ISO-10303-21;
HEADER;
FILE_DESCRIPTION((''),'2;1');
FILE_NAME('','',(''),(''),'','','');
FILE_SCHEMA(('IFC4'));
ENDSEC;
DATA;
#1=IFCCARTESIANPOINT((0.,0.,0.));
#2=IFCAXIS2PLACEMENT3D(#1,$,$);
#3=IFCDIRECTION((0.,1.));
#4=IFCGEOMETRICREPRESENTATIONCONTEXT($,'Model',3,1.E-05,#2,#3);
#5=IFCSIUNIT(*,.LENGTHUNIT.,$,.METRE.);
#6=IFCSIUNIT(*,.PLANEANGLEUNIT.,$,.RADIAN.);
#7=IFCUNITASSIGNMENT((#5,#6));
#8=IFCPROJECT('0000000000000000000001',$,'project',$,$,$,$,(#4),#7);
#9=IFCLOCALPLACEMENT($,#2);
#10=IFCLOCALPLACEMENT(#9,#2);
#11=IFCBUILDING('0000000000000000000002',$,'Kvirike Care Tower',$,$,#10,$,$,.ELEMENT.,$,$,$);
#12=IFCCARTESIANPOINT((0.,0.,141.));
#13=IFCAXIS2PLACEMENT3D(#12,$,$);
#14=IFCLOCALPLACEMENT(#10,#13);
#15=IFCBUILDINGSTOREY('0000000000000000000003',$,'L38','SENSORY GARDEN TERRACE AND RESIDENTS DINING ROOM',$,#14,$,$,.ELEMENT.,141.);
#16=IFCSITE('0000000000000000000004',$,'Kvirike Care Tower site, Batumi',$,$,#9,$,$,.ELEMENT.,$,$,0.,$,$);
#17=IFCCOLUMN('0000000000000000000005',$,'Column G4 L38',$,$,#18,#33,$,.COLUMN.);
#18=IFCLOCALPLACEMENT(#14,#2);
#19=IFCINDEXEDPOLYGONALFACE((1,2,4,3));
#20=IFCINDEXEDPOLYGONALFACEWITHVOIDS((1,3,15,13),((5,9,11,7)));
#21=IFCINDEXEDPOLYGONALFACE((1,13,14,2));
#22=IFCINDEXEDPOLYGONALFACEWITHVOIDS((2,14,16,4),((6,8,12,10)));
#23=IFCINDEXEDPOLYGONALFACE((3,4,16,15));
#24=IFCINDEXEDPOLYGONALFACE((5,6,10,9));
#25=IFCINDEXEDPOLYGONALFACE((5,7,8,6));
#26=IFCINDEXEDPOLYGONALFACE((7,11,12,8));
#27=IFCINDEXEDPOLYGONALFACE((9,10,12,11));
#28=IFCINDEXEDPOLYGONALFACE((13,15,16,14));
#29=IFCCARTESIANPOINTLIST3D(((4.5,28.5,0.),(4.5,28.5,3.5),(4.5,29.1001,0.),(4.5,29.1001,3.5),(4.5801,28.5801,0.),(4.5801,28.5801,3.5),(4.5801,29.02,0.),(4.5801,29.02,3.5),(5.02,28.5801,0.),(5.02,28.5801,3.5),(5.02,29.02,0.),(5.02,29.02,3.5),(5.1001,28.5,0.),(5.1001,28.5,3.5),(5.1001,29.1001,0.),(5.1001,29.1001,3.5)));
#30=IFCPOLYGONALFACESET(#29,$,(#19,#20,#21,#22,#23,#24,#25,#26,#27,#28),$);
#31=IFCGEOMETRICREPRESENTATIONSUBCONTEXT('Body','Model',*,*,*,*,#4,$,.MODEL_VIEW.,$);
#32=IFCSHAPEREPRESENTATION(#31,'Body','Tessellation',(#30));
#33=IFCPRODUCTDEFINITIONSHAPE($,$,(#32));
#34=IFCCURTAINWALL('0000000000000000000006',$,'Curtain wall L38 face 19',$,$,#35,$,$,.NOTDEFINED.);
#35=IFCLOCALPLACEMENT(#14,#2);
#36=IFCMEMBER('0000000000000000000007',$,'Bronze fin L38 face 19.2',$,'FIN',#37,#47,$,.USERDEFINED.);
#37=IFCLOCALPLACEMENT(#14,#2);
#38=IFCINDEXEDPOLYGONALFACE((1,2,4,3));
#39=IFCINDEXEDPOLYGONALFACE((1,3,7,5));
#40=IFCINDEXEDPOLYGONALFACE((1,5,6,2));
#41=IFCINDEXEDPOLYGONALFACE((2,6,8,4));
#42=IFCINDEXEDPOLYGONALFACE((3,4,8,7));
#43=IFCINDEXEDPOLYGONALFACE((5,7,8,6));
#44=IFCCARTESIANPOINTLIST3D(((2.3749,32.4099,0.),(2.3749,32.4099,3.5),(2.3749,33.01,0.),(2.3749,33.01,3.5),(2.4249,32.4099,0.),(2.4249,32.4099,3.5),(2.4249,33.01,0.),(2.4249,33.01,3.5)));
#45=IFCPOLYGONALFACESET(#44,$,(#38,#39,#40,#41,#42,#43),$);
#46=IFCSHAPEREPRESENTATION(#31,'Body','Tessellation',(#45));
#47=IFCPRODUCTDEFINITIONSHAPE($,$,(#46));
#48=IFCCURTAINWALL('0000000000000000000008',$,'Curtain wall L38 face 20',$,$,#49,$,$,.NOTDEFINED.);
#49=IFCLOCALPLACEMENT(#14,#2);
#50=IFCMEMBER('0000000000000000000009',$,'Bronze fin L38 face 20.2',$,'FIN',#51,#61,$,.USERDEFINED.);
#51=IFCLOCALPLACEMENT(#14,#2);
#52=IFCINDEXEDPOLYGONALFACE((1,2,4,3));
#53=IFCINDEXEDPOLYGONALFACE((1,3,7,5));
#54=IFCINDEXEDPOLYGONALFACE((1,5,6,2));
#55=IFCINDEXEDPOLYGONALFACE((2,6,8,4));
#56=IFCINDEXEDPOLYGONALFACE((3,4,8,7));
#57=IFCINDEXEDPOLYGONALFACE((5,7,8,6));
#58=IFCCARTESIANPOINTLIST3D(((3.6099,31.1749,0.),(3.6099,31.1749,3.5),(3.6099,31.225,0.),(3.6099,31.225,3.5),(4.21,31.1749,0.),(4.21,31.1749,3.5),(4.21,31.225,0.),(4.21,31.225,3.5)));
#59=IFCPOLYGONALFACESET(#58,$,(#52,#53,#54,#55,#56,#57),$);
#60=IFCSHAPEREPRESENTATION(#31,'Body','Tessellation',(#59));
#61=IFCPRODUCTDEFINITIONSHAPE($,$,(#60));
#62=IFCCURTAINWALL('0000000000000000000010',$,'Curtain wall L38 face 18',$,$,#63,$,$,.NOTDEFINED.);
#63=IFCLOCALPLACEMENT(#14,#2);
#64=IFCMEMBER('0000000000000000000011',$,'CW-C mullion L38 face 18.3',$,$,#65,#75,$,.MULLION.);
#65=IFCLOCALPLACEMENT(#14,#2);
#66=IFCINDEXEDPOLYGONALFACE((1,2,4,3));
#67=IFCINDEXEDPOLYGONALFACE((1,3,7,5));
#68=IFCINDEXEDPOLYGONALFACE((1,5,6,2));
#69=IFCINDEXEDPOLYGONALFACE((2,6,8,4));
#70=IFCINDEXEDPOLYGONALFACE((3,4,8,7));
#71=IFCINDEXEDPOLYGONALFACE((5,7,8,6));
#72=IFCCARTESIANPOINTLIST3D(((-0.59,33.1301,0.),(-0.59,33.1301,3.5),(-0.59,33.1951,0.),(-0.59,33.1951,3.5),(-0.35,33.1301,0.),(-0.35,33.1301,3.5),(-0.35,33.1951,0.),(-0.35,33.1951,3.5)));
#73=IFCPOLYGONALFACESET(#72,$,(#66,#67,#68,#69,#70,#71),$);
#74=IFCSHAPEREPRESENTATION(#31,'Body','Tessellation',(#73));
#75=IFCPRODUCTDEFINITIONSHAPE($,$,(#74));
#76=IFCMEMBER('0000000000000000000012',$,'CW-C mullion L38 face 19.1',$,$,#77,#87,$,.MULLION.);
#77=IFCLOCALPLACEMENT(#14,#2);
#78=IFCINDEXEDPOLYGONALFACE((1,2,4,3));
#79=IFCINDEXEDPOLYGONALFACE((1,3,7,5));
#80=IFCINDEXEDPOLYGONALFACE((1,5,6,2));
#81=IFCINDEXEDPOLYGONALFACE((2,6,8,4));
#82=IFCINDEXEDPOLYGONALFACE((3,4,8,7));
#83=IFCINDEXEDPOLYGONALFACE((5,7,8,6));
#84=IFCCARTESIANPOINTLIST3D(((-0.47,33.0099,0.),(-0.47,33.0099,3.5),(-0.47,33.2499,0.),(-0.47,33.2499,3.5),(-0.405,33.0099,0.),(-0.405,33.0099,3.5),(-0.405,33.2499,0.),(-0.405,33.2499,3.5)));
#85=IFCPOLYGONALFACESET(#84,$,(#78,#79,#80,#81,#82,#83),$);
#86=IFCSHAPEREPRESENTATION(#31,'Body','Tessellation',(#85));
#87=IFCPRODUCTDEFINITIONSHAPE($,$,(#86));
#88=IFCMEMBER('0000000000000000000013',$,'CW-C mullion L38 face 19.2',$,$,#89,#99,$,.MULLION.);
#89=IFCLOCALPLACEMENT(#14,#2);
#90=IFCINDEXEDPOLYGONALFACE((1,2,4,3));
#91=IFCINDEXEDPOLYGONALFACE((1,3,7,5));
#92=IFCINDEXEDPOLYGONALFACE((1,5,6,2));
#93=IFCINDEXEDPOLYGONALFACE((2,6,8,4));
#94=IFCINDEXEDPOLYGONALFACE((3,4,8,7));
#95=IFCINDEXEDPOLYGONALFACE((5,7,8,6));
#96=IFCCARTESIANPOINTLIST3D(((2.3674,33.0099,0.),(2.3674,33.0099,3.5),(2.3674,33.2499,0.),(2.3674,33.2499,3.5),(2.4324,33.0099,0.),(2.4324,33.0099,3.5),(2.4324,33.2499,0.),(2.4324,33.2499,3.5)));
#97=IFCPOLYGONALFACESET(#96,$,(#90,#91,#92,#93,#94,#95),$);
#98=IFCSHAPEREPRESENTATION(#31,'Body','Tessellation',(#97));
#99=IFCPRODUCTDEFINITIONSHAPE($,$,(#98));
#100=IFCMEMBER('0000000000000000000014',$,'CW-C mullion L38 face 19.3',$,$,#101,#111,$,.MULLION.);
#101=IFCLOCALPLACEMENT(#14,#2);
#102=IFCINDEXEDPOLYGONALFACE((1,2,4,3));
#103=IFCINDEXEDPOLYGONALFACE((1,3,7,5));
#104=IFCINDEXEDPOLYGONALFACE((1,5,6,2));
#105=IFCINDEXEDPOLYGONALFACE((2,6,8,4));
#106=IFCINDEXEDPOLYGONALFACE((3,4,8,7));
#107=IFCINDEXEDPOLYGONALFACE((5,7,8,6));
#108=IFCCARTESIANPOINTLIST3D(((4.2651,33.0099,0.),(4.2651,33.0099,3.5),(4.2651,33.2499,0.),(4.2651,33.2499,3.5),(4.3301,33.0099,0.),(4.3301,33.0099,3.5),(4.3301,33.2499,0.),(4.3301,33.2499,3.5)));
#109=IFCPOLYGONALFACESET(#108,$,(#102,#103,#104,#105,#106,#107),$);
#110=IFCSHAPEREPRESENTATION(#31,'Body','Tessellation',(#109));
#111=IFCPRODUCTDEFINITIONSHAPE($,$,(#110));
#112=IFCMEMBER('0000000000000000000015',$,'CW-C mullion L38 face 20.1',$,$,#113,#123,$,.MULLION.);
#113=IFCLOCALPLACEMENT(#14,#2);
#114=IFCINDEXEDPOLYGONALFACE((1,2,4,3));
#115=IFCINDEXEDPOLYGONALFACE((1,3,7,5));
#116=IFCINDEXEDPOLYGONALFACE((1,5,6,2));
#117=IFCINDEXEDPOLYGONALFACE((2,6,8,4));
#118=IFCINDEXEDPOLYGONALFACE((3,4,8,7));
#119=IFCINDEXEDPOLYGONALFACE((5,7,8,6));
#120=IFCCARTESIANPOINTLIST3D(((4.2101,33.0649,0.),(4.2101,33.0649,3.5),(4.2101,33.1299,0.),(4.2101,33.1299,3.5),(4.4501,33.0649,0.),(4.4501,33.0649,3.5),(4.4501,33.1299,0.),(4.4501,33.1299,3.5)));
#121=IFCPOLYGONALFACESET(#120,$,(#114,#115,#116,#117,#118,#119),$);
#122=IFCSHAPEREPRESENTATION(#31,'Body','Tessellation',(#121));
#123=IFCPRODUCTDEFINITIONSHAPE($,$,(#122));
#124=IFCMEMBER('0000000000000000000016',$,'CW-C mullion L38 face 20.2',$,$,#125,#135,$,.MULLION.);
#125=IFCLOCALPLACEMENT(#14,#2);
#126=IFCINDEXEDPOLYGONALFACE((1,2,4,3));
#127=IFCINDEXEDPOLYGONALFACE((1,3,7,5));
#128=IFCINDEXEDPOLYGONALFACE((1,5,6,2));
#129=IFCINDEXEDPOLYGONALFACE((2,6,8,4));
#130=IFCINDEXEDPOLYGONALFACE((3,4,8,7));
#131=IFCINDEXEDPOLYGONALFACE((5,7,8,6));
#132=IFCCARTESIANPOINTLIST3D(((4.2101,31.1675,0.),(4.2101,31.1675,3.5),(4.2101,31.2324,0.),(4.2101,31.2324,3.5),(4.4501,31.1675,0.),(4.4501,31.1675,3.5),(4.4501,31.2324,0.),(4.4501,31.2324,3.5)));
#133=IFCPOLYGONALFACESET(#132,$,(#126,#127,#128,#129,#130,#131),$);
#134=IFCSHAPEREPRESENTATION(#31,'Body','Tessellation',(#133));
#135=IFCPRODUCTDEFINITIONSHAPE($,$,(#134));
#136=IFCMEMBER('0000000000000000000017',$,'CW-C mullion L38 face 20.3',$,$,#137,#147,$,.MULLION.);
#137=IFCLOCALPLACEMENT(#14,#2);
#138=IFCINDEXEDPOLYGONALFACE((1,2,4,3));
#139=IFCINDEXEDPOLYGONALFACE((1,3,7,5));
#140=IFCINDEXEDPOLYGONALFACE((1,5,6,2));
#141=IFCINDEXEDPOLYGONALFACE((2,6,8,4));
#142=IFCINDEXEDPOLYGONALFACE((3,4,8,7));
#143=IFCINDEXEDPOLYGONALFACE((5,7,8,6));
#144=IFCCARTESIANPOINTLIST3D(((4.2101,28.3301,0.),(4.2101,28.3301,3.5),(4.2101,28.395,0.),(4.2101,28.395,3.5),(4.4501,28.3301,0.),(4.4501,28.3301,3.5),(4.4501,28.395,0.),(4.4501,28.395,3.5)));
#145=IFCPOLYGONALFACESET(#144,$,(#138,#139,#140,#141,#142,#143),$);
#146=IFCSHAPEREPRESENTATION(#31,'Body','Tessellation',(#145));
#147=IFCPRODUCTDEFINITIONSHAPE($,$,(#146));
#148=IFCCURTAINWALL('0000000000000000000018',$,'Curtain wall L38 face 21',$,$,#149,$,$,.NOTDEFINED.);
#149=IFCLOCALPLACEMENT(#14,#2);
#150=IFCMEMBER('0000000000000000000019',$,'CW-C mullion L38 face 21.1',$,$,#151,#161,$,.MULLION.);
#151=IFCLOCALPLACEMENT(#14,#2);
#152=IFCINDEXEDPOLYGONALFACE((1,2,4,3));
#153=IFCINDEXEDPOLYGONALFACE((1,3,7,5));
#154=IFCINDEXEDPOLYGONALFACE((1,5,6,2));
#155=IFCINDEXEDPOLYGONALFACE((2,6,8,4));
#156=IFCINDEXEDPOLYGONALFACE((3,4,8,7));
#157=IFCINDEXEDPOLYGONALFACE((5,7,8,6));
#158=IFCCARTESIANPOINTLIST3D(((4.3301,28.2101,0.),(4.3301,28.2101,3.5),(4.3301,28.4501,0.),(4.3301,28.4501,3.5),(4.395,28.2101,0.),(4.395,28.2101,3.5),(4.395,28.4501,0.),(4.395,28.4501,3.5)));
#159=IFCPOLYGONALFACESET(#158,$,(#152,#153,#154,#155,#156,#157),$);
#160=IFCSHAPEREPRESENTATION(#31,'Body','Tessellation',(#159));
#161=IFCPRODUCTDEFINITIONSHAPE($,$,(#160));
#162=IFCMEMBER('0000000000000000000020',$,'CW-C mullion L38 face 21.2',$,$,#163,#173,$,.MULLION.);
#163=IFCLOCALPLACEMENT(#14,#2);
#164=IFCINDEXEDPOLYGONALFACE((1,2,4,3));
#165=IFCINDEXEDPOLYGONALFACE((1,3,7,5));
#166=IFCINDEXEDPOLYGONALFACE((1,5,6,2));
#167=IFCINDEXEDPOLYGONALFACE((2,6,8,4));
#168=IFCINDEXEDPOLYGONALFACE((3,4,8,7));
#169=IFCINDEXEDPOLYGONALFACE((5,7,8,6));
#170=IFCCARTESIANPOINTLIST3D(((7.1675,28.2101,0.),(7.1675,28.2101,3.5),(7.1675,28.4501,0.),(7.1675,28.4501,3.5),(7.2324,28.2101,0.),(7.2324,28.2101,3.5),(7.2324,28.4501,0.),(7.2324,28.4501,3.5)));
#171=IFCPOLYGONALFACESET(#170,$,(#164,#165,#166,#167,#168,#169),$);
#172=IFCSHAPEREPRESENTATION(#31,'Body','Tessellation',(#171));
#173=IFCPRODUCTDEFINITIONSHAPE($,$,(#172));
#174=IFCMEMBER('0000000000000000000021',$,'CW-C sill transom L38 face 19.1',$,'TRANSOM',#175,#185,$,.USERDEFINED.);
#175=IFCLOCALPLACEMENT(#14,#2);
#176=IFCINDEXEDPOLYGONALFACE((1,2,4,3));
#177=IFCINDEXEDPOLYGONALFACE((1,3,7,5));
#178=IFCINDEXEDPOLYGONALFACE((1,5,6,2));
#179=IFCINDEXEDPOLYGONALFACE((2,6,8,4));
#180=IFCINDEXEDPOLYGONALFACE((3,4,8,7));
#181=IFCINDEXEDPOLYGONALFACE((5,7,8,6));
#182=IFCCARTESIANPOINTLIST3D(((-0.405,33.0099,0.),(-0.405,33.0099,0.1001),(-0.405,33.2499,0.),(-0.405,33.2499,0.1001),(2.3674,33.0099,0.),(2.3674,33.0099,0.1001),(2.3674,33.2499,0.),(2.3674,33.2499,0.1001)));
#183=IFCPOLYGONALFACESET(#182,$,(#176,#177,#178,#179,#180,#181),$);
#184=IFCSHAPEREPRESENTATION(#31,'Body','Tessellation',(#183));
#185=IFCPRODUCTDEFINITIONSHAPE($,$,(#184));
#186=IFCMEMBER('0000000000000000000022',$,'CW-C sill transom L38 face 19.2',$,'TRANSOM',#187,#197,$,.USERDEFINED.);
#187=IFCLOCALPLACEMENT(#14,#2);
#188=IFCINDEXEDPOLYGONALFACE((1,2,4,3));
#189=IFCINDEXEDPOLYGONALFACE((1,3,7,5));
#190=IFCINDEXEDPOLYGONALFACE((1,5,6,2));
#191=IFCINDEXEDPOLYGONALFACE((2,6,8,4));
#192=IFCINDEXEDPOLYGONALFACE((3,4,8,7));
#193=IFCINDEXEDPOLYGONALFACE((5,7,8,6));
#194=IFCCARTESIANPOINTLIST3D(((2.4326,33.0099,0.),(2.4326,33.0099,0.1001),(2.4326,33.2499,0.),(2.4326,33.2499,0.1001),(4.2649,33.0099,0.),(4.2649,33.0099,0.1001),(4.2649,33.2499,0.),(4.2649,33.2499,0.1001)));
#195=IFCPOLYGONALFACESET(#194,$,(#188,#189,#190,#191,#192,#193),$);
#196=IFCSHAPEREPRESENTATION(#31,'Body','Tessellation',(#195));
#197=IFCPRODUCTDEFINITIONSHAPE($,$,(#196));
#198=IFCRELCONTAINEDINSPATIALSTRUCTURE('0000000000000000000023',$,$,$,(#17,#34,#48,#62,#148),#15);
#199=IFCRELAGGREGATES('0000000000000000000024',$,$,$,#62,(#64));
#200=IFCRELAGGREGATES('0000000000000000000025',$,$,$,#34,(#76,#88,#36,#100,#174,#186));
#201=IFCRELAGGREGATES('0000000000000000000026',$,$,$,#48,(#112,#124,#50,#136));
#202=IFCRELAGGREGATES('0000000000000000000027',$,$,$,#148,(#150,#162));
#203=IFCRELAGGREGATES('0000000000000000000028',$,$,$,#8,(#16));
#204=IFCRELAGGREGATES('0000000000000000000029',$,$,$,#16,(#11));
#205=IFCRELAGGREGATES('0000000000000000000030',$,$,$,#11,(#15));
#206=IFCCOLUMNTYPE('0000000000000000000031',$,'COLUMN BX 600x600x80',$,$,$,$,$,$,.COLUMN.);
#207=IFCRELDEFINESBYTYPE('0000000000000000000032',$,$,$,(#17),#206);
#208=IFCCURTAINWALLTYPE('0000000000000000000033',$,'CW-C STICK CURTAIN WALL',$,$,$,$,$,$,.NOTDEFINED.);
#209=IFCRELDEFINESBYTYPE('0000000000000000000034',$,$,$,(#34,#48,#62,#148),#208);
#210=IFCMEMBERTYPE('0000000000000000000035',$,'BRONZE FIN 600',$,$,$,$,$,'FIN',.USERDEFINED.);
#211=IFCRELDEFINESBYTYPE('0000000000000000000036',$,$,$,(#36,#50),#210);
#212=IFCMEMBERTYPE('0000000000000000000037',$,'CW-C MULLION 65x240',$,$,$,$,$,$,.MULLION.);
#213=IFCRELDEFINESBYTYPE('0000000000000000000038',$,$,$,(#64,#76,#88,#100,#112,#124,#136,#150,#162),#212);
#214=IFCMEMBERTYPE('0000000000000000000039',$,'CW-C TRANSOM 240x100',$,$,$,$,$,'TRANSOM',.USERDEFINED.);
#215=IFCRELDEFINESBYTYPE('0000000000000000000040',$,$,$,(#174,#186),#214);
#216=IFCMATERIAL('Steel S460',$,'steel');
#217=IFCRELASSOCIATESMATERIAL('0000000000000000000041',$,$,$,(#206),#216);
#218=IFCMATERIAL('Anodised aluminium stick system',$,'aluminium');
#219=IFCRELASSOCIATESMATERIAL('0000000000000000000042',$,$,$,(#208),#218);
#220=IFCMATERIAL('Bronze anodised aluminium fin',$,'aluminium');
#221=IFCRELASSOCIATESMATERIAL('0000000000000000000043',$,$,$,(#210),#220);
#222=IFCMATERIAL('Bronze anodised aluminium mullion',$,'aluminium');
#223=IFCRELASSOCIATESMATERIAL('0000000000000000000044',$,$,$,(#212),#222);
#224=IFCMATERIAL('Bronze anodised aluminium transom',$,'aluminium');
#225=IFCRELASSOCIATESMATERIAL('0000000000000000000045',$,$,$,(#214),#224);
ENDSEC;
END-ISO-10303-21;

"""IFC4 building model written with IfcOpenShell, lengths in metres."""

from ifc_helpers import new_model, si_unit, direction, frame, origin, origin_2d, place, context, subcontext, project, spatial, rectangle, hollow_rectangle, extrude, material, material_profile, profile_set, type_object, element, aggregate, save


model = new_model("IFC4")

# Units and contexts
model_context = context("Model", 3, precision=1e-05, world=origin(), true_north=direction((0.0, 1.0)))
body_context = subcontext(model_context, "Body", "Model", "MODEL_VIEW")
ifc_project = project(units=[si_unit("LENGTHUNIT", "METRE"), si_unit("PLANEANGLEUNIT", "RADIAN")], contexts=[model_context])

# Site, building, storey
site_placement = place(None, origin())
site = spatial("IfcSite", under=ifc_project, at=site_placement, Name="Kvirike Care Tower site, Batumi", CompositionType="ELEMENT", RefElevation=0.0)
building_placement = place(site_placement, origin())
building = spatial("IfcBuilding", under=site, at=building_placement, Name="Kvirike Care Tower", CompositionType="ELEMENT")
storey_placement = place(building_placement, frame((0.0, 0.0, 141.0)))
storey = spatial("IfcBuildingStorey", under=building, at=storey_placement, Name="L38", Description="SENSORY GARDEN TERRACE AND RESIDENTS DINING ROOM", CompositionType="ELEMENT", Elevation=141.0)

# Column
ifc_material_1 = material(Name="Steel S460", Category="steel")
ifc_material_profile_1 = material_profile(ifc_material_1, hollow_rectangle(XDim=0.6001, YDim=0.6001, WallThickness=0.0801, at=origin_2d()), Name="BX 600x600x80")
ifc_profile_set_1 = profile_set([ifc_material_profile_1], Name="Steel S460")
column_type = type_object("IfcColumnType", Name="COLUMN BX 600x600x80", PredefinedType="COLUMN", material=ifc_profile_set_1)
column_placement = place(storey_placement, frame((4.8, 28.8, 0.0), z_axis=(0.0, 0.0, 1.0), x_axis=(0.0, 1.0, 0.0)))
element("IfcColumn", 1, at=column_placement, inside=storey, type_object=column_type, Name="Column G4 L38", PredefinedType="COLUMN", context=body_context, shape_type="SweptSolid", body=[
    extrude(hollow_rectangle(XDim=0.6001, YDim=0.6001, WallThickness=0.0801, at=origin_2d()), origin(), (0.0, 0.0, 1.0), 3.5),
])

# Curtain walls, members
ifc_material_2 = material(Name="Anodised aluminium stick system", Category="aluminium")
curtain_wall_type = type_object("IfcCurtainWallType", Name="CW-C STICK CURTAIN WALL", PredefinedType="NOTDEFINED", material=ifc_material_2)
curtain_wall_1_placement = place(storey_placement, origin())
curtain_wall_1 = element("IfcCurtainWall", 2, at=curtain_wall_1_placement, inside=storey, type_object=curtain_wall_type, Name="Curtain wall L38 face 19", PredefinedType="NOTDEFINED")
ifc_material_3 = material(Name="Bronze anodised aluminium fin", Category="aluminium")
ifc_material_profile_2 = material_profile(ifc_material_3, rectangle(XDim=0.05, YDim=0.6001, at=origin_2d()), Name="BRONZE FIN 600")
ifc_profile_set_2 = profile_set([ifc_material_profile_2], Name="Bronze anodised aluminium fin")
member_type_1 = type_object("IfcMemberType", Name="BRONZE FIN 600", ElementType="FIN", PredefinedType="USERDEFINED", material=ifc_profile_set_2)
member_1_placement = place(storey_placement, frame((2.3999, 32.71, 0.0), z_axis=(0.0, 0.0, 1.0), x_axis=(1.0, 0.0, 0.0)))
member_1 = element("IfcMember", 3, at=member_1_placement, type_object=member_type_1, Name="Bronze fin L38 face 19.2", ObjectType="FIN", PredefinedType="USERDEFINED", context=body_context, shape_type="SweptSolid", body=[
    extrude(rectangle(XDim=0.05, YDim=0.6001, at=origin_2d()), origin(), (0.0, 0.0, 1.0), 3.5),
])
curtain_wall_2_placement = place(storey_placement, origin())
curtain_wall_2 = element("IfcCurtainWall", 4, at=curtain_wall_2_placement, inside=storey, type_object=curtain_wall_type, Name="Curtain wall L38 face 20", PredefinedType="NOTDEFINED")
member_2_placement = place(storey_placement, frame((3.9099, 31.2, 0.0), z_axis=(0.0, 0.0, 1.0), x_axis=(0.0, -1.0, 0.0)))
member_2 = element("IfcMember", 5, at=member_2_placement, type_object=member_type_1, Name="Bronze fin L38 face 20.2", ObjectType="FIN", PredefinedType="USERDEFINED", context=body_context, shape_type="SweptSolid", body=[
    extrude(rectangle(XDim=0.05, YDim=0.6001, at=origin_2d()), origin(), (0.0, 0.0, 1.0), 3.5),
])
curtain_wall_3_placement = place(storey_placement, origin())
curtain_wall_3 = element("IfcCurtainWall", 6, at=curtain_wall_3_placement, inside=storey, type_object=curtain_wall_type, Name="Curtain wall L38 face 18", PredefinedType="NOTDEFINED")
ifc_material_4 = material(Name="Bronze anodised aluminium mullion", Category="aluminium")
ifc_material_profile_3 = material_profile(ifc_material_4, rectangle(XDim=0.0649, YDim=0.24, at=origin_2d()), Name="CW-C MULLION 65x240")
ifc_profile_set_3 = profile_set([ifc_material_profile_3], Name="Bronze anodised aluminium mullion")
member_type_2 = type_object("IfcMemberType", Name="CW-C MULLION 65x240", PredefinedType="MULLION", material=ifc_profile_set_3)
member_3_placement = place(storey_placement, frame((-0.47, 33.1626, 0.0), z_axis=(0.0, 0.0, 1.0), x_axis=(0.0, -1.0, 0.0)))
member_3 = element("IfcMember", 7, at=member_3_placement, type_object=member_type_2, Name="CW-C mullion L38 face 18.3", PredefinedType="MULLION", context=body_context, shape_type="SweptSolid", body=[
    extrude(rectangle(XDim=0.0649, YDim=0.24, at=origin_2d()), origin(), (0.0, 0.0, 1.0), 3.5),
])
aggregate(curtain_wall_3, [member_3])

# Members
member_4_placement = place(storey_placement, frame((-0.4375, 33.1299, 0.0), z_axis=(0.0, 0.0, 1.0), x_axis=(1.0, 0.0, 0.0)))
member_4 = element("IfcMember", 8, at=member_4_placement, type_object=member_type_2, Name="CW-C mullion L38 face 19.1", PredefinedType="MULLION", context=body_context, shape_type="SweptSolid", body=[
    extrude(rectangle(XDim=0.0649, YDim=0.24, at=origin_2d()), origin(), (0.0, 0.0, 1.0), 3.5),
])
member_5_placement = place(storey_placement, frame((2.3999, 33.1299, 0.0), z_axis=(0.0, 0.0, 1.0), x_axis=(1.0, 0.0, 0.0)))
member_5 = element("IfcMember", 9, at=member_5_placement, type_object=member_type_2, Name="CW-C mullion L38 face 19.2", PredefinedType="MULLION", context=body_context, shape_type="SweptSolid", body=[
    extrude(rectangle(XDim=0.0649, YDim=0.24, at=origin_2d()), origin(), (0.0, 0.0, 1.0), 3.5),
])
member_6_placement = place(storey_placement, frame((4.2976, 33.1299, 0.0), z_axis=(0.0, 0.0, 1.0), x_axis=(1.0, 0.0, 0.0)))
member_6 = element("IfcMember", 10, at=member_6_placement, type_object=member_type_2, Name="CW-C mullion L38 face 19.3", PredefinedType="MULLION", context=body_context, shape_type="SweptSolid", body=[
    extrude(rectangle(XDim=0.0649, YDim=0.24, at=origin_2d()), origin(), (0.0, 0.0, 1.0), 3.5),
])
member_7_placement = place(storey_placement, frame((4.3301, 33.0974, 0.0), z_axis=(0.0, 0.0, 1.0), x_axis=(0.0, -1.0, 0.0)))
member_7 = element("IfcMember", 11, at=member_7_placement, type_object=member_type_2, Name="CW-C mullion L38 face 20.1", PredefinedType="MULLION", context=body_context, shape_type="SweptSolid", body=[
    extrude(rectangle(XDim=0.0649, YDim=0.24, at=origin_2d()), origin(), (0.0, 0.0, 1.0), 3.5),
])
member_8_placement = place(storey_placement, frame((4.3301, 31.2, 0.0), z_axis=(0.0, 0.0, 1.0), x_axis=(0.0, -1.0, 0.0)))
member_8 = element("IfcMember", 12, at=member_8_placement, type_object=member_type_2, Name="CW-C mullion L38 face 20.2", PredefinedType="MULLION", context=body_context, shape_type="SweptSolid", body=[
    extrude(rectangle(XDim=0.0649, YDim=0.24, at=origin_2d()), origin(), (0.0, 0.0, 1.0), 3.5),
])
member_9_placement = place(storey_placement, frame((4.3301, 28.3625, 0.0), z_axis=(0.0, 0.0, 1.0), x_axis=(0.0, -1.0, 0.0)))
member_9 = element("IfcMember", 13, at=member_9_placement, type_object=member_type_2, Name="CW-C mullion L38 face 20.3", PredefinedType="MULLION", context=body_context, shape_type="SweptSolid", body=[
    extrude(rectangle(XDim=0.0649, YDim=0.24, at=origin_2d()), origin(), (0.0, 0.0, 1.0), 3.5),
])

# Curtain wall, members
curtain_wall_4_placement = place(storey_placement, origin())
curtain_wall_4 = element("IfcCurtainWall", 14, at=curtain_wall_4_placement, inside=storey, type_object=curtain_wall_type, Name="Curtain wall L38 face 21", PredefinedType="NOTDEFINED")
member_10_placement = place(storey_placement, frame((4.3625, 28.3301, 0.0), z_axis=(0.0, 0.0, 1.0), x_axis=(1.0, 0.0, 0.0)))
member_10 = element("IfcMember", 15, at=member_10_placement, type_object=member_type_2, Name="CW-C mullion L38 face 21.1", PredefinedType="MULLION", context=body_context, shape_type="SweptSolid", body=[
    extrude(rectangle(XDim=0.0649, YDim=0.24, at=origin_2d()), origin(), (0.0, 0.0, 1.0), 3.5),
])
member_11_placement = place(storey_placement, frame((7.2, 28.3301, 0.0), z_axis=(0.0, 0.0, 1.0), x_axis=(1.0, 0.0, 0.0)))
member_11 = element("IfcMember", 16, at=member_11_placement, type_object=member_type_2, Name="CW-C mullion L38 face 21.2", PredefinedType="MULLION", context=body_context, shape_type="SweptSolid", body=[
    extrude(rectangle(XDim=0.0649, YDim=0.24, at=origin_2d()), origin(), (0.0, 0.0, 1.0), 3.5),
])

# Members
ifc_material_5 = material(Name="Bronze anodised aluminium transom", Category="aluminium")
ifc_material_profile_4 = material_profile(ifc_material_5, rectangle(XDim=0.24, YDim=0.1001, at=origin_2d()), Name="CW-C TRANSOM 240x100")
ifc_profile_set_4 = profile_set([ifc_material_profile_4], Name="Bronze anodised aluminium transom")
member_type_3 = type_object("IfcMemberType", Name="CW-C TRANSOM 240x100", ElementType="TRANSOM", PredefinedType="USERDEFINED", material=ifc_profile_set_4)
member_12_placement = place(storey_placement, frame((-0.405, 33.1299, 0.05), z_axis=(1.0, 0.0, 0.0), x_axis=(0.0, 1.0, 0.0)))
member_12 = element("IfcMember", 17, at=member_12_placement, type_object=member_type_3, Name="CW-C sill transom L38 face 19.1", ObjectType="TRANSOM", PredefinedType="USERDEFINED", context=body_context, shape_type="SweptSolid", body=[
    extrude(rectangle(XDim=0.24, YDim=0.1001, at=origin_2d()), origin(), (0.0, 0.0, 1.0), 2.7725),
])
member_13_placement = place(storey_placement, frame((2.4326, 33.1299, 0.05), z_axis=(1.0, 0.0, 0.0), x_axis=(0.0, 1.0, 0.0)))
member_13 = element("IfcMember", 18, at=member_13_placement, type_object=member_type_3, Name="CW-C sill transom L38 face 19.2", ObjectType="TRANSOM", PredefinedType="USERDEFINED", context=body_context, shape_type="SweptSolid", body=[
    extrude(rectangle(XDim=0.24, YDim=0.1001, at=origin_2d()), origin(), (0.0, 0.0, 1.0), 1.8323),
])

aggregate(curtain_wall_1, [member_4, member_5, member_1, member_6, member_12, member_13])
aggregate(curtain_wall_2, [member_7, member_8, member_2, member_9])
aggregate(curtain_wall_4, [member_10, member_11])

save(model, "model.ifc")
